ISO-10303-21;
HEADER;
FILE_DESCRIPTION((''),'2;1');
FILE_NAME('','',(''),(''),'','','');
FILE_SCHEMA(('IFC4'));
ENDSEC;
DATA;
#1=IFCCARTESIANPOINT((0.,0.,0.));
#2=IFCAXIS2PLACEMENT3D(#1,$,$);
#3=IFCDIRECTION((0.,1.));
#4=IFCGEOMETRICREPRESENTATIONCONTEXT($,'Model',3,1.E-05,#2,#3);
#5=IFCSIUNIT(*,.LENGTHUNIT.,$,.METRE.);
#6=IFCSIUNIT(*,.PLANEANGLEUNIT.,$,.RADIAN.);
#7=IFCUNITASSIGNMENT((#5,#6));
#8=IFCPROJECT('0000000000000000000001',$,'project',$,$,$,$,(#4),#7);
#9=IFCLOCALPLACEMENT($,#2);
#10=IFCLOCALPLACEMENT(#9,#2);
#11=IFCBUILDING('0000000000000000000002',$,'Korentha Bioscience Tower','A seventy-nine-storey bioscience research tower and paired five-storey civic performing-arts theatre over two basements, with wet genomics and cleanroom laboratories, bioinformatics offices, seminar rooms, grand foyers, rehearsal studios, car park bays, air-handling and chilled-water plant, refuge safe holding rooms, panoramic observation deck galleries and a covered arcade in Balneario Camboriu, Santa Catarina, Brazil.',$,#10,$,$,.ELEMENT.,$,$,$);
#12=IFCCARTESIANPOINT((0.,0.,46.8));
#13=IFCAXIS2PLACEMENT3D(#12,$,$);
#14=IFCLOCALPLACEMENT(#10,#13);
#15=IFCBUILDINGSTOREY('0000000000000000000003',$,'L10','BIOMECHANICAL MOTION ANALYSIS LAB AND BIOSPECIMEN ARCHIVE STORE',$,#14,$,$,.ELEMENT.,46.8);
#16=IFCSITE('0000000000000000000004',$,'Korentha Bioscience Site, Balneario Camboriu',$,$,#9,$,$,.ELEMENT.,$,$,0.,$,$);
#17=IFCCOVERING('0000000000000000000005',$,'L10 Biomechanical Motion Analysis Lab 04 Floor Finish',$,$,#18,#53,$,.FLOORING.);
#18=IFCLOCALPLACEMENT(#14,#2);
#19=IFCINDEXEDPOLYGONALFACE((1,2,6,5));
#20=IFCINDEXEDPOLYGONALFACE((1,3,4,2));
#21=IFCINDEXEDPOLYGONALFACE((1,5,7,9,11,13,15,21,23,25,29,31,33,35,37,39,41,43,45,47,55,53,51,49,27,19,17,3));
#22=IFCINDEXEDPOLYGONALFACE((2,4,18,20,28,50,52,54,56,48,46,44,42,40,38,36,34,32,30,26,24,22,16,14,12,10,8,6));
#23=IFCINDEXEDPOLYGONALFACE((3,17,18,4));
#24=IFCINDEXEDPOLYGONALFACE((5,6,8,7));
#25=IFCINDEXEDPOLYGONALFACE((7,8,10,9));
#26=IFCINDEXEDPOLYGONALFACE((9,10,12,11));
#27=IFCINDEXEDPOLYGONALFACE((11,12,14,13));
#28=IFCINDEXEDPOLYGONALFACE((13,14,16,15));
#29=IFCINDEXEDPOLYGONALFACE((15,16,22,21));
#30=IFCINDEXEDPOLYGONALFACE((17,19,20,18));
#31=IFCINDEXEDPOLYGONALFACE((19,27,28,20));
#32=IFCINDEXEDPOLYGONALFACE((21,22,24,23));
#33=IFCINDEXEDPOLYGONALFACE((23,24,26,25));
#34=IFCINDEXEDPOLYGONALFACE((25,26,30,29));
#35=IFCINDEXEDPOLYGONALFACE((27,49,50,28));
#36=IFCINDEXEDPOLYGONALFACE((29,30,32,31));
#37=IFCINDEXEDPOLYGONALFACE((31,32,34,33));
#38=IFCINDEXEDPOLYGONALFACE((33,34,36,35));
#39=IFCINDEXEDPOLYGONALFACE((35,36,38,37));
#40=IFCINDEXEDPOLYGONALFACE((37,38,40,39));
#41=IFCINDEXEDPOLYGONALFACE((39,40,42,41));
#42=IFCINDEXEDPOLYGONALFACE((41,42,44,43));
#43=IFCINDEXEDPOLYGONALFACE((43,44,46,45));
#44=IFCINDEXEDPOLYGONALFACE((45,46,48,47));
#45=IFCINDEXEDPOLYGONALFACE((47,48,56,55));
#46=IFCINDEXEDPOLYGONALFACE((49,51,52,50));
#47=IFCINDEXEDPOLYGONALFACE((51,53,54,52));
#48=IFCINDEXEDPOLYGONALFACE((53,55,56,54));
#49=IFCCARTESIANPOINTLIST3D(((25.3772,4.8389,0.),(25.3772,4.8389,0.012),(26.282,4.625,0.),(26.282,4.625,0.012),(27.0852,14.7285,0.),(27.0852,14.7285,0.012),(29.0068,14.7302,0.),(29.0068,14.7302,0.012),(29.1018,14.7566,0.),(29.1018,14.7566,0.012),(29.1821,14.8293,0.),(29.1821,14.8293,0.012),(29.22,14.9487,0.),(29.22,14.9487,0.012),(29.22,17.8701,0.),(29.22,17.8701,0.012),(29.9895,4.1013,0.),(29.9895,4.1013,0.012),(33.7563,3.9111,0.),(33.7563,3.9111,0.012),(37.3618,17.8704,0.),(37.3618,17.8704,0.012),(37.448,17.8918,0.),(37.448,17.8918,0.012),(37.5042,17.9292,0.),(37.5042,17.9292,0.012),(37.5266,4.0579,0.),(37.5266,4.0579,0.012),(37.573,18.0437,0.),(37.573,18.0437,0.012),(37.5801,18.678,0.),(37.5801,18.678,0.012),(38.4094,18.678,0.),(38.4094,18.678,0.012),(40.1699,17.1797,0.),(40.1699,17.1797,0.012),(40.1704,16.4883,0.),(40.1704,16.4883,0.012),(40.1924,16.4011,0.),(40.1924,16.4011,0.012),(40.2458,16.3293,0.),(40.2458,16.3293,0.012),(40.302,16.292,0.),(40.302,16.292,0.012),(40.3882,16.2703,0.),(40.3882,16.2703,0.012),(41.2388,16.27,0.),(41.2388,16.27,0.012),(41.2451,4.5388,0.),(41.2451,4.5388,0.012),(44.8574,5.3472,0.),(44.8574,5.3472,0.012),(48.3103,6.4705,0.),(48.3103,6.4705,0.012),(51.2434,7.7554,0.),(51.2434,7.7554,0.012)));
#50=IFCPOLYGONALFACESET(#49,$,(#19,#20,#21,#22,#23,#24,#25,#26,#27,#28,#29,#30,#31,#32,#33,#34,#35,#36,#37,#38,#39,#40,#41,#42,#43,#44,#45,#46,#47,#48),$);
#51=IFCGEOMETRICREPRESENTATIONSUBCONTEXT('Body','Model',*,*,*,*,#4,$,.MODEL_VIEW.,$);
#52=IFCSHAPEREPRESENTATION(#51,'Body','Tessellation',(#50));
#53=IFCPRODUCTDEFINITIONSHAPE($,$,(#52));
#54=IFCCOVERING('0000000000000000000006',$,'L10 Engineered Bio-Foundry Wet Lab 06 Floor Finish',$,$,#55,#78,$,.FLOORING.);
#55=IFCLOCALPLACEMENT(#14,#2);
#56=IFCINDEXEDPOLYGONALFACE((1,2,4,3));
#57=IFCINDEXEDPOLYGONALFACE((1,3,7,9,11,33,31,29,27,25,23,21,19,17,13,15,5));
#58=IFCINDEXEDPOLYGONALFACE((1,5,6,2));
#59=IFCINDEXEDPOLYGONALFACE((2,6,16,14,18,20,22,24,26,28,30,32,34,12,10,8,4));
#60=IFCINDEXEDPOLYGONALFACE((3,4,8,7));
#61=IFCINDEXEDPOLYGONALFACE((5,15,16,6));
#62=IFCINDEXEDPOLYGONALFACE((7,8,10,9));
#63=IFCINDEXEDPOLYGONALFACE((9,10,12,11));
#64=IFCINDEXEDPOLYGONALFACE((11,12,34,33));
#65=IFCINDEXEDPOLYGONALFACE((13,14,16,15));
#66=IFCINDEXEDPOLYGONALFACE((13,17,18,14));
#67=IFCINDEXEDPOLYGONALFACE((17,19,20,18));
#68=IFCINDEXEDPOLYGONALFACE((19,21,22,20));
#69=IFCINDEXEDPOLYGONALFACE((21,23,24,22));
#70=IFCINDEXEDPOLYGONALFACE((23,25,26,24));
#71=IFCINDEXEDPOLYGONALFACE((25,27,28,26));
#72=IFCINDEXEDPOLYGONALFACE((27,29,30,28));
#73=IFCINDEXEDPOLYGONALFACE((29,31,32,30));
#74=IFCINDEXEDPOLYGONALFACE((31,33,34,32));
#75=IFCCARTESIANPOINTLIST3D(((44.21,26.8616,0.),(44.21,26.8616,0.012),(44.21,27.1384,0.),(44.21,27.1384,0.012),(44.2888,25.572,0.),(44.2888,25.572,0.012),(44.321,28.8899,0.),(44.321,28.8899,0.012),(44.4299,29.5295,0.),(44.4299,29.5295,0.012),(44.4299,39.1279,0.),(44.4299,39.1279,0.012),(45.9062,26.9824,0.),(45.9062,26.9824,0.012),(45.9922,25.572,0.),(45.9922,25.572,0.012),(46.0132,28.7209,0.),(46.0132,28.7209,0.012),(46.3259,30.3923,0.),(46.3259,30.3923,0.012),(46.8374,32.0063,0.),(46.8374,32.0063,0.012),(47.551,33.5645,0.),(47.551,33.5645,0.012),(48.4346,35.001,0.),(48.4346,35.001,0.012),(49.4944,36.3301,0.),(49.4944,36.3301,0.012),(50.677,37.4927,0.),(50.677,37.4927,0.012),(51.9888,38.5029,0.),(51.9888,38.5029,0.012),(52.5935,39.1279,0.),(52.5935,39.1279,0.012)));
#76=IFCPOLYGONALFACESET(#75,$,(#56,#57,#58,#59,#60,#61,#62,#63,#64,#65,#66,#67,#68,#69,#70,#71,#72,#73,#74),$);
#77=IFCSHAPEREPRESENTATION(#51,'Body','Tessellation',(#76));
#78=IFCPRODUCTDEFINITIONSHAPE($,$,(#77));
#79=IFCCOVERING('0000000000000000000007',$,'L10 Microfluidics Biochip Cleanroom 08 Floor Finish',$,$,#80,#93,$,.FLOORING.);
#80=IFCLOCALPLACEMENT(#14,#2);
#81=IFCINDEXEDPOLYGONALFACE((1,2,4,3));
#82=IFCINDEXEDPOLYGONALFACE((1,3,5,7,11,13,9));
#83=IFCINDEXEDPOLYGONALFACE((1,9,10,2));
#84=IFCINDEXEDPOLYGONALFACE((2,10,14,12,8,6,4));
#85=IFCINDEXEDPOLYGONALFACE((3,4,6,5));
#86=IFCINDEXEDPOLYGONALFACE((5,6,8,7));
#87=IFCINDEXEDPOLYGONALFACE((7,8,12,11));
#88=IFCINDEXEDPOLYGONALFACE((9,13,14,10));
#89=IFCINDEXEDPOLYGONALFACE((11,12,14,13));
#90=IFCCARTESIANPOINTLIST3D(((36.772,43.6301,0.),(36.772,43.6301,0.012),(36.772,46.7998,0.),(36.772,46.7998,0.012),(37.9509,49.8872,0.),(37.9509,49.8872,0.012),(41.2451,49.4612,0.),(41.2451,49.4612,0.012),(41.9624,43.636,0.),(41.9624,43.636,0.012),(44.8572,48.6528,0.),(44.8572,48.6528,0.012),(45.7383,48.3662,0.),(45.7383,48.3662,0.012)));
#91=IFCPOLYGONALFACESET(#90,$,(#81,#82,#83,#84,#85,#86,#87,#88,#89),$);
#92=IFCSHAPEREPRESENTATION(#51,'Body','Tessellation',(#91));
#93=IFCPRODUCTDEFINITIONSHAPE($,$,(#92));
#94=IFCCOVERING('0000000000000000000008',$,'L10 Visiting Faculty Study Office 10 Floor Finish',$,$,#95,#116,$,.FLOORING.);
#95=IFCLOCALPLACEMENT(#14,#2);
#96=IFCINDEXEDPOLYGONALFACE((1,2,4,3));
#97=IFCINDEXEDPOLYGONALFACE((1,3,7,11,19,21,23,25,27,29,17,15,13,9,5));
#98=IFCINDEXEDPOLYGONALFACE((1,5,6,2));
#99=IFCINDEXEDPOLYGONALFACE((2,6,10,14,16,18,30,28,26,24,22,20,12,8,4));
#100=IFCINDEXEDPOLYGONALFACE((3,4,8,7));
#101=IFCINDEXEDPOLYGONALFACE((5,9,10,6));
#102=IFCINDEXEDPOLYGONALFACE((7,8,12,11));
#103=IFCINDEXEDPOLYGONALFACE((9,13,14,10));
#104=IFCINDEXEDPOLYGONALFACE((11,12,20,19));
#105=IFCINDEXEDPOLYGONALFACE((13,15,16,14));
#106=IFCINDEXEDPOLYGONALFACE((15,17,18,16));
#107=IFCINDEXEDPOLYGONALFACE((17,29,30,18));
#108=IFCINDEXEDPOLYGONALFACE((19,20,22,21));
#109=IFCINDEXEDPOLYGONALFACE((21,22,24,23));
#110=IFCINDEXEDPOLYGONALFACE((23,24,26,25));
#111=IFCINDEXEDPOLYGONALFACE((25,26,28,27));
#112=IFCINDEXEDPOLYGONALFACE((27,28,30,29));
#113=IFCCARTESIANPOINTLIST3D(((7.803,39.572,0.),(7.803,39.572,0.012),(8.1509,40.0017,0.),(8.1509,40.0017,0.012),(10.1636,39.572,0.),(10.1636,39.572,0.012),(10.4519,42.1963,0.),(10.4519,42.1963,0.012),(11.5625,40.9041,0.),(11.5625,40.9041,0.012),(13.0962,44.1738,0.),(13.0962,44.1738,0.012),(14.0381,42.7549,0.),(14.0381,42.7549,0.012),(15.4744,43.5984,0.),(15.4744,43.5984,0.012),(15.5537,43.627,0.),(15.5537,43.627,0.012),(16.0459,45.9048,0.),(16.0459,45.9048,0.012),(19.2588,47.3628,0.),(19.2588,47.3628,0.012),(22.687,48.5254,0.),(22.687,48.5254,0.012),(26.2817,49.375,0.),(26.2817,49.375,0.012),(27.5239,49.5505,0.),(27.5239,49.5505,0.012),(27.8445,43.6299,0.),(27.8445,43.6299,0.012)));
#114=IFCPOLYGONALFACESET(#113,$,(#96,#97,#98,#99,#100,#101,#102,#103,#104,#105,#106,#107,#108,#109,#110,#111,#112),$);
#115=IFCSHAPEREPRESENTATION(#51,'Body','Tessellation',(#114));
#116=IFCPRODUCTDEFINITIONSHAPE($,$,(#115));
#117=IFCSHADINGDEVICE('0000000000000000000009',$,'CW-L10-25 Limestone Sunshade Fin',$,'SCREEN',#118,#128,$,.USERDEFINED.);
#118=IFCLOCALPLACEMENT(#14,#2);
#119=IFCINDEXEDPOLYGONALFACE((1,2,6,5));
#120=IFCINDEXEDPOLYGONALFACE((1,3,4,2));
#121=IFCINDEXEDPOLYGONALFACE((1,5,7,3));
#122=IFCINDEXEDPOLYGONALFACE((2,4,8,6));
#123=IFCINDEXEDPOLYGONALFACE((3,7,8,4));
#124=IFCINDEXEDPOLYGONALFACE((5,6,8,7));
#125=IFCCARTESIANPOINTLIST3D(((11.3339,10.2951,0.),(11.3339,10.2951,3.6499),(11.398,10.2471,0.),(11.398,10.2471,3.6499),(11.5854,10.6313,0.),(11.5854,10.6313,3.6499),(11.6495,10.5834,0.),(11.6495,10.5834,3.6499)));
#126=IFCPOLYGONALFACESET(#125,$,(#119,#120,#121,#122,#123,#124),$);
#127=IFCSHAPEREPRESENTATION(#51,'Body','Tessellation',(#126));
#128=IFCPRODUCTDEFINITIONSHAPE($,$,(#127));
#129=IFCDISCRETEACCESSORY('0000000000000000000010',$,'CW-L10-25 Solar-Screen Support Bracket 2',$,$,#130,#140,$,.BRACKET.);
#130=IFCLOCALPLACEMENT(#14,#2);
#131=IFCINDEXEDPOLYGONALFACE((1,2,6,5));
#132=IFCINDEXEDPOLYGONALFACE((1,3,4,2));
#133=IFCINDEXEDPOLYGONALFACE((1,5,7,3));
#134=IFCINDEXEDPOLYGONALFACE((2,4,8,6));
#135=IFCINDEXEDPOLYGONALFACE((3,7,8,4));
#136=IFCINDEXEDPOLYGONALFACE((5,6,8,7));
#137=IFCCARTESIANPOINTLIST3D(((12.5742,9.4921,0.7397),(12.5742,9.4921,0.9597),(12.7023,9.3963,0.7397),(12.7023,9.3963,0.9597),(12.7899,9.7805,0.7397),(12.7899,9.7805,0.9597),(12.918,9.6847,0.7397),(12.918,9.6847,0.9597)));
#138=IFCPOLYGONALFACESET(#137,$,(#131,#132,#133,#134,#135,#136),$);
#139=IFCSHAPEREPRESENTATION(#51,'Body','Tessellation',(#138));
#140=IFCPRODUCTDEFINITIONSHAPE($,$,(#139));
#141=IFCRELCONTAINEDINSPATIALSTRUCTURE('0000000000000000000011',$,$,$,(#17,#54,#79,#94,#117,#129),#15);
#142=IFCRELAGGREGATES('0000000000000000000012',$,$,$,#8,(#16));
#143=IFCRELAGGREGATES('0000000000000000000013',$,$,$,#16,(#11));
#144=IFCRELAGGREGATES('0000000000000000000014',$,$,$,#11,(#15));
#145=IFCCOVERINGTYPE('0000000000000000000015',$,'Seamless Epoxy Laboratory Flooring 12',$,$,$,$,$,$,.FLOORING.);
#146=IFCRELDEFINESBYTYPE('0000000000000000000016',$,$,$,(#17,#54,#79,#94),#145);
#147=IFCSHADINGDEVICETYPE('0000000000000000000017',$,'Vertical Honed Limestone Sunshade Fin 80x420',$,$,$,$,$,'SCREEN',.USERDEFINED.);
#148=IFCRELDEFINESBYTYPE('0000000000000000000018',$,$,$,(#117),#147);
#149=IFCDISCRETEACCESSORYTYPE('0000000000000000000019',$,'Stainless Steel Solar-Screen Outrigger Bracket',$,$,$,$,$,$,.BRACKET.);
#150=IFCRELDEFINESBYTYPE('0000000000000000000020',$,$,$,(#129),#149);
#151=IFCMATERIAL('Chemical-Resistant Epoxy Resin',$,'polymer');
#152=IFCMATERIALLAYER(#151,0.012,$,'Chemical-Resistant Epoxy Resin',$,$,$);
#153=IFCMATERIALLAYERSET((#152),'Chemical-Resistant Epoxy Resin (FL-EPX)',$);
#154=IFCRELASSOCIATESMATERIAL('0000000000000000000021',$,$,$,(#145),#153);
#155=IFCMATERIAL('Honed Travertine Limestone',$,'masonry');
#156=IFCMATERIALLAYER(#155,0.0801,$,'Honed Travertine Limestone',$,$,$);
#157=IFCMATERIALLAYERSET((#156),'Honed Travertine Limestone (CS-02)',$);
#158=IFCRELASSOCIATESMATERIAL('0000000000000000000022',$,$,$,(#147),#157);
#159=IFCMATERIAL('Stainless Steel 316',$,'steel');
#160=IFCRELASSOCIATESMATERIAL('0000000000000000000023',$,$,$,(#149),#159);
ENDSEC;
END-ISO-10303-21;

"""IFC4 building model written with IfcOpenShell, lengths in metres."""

from ifc_helpers import new_model, si_unit, direction, frame, origin, origin_2d, place, context, subcontext, project, spatial, polyline, rectangle, outline, extrude, material, layer, layer_set, type_object, element, save


model = new_model("IFC4")

# Units and contexts
model_context = context("Model", 3, precision=1e-05, world=origin(), true_north=direction((0.0, 1.0)))
body_context = subcontext(model_context, "Body", "Model", "MODEL_VIEW")
ifc_project = project(units=[si_unit("LENGTHUNIT", "METRE"), si_unit("PLANEANGLEUNIT", "RADIAN")], contexts=[model_context])

# Site, building, storey
site_placement = place(None, origin())
site = spatial("IfcSite", under=ifc_project, at=site_placement, Name="Korentha Bioscience Site, Balneario Camboriu", CompositionType="ELEMENT", RefElevation=0.0)
building_placement = place(site_placement, origin())
building = spatial("IfcBuilding", under=site, at=building_placement, Name="Korentha Bioscience Tower", Description="A seventy-nine-storey bioscience research tower and paired five-storey civic performing-arts theatre over two basements, with wet genomics and cleanroom laboratories, bioinformatics offices, seminar rooms, grand foyers, rehearsal studios, car park bays, air-handling and chilled-water plant, refuge safe holding rooms, panoramic observation deck galleries and a covered arcade in Balneario Camboriu, Santa Catarina, Brazil.", CompositionType="ELEMENT")
storey_placement = place(building_placement, frame((0.0, 0.0, 46.8)))
storey = spatial("IfcBuildingStorey", under=building, at=storey_placement, Name="L10", Description="BIOMECHANICAL MOTION ANALYSIS LAB AND BIOSPECIMEN ARCHIVE STORE", CompositionType="ELEMENT", Elevation=46.8)

# Coverings
ifc_material_1 = material(Name="Chemical-Resistant Epoxy Resin", Category="polymer")
ifc_layer_1 = layer(ifc_material_1, 0.012, Name="Chemical-Resistant Epoxy Resin")
ifc_layer_set_1 = layer_set([ifc_layer_1], Name="Chemical-Resistant Epoxy Resin (FL-EPX)")
covering_type_1 = type_object("IfcCoveringType", Name="Seamless Epoxy Laboratory Flooring 12", PredefinedType="FLOORING", material=ifc_layer_set_1)
covering_1_placement = place(storey_placement, origin())
element("IfcCovering", 1, at=covering_1_placement, inside=storey, type_object=covering_type_1, Name="L10 Biomechanical Motion Analysis Lab 04 Floor Finish", PredefinedType="FLOORING", context=body_context, shape_type="SweptSolid", body=[
    extrude(outline(polyline([(27.0852, 14.7285), (29.0068, 14.7302), (29.1018, 14.7566), (29.1821, 14.8293), (29.22, 14.9487), (29.22, 17.8701), (37.3618, 17.8704), (37.448, 17.8918), (37.5042, 17.9292), (37.573, 18.0437), (37.5801, 18.678), (38.4094, 18.678), (40.1699, 17.1797), (40.1704, 16.4883), (40.1924, 16.4011), (40.2458, 16.3293), (40.302, 16.292), (40.3882, 16.2703), (41.2388, 16.27), (51.2434, 7.7554), (48.3103, 6.4705), (44.8574, 5.3472), (41.2451, 4.5388), (37.5266, 4.0579), (33.7563, 3.9111), (29.9895, 4.1013), (26.282, 4.625), (25.3772, 4.8389), (27.0852, 14.7285)])), origin(), (0.0, 0.0, 1.0), 0.012),
])
covering_2_placement = place(storey_placement, origin())
element("IfcCovering", 2, at=covering_2_placement, inside=storey, type_object=covering_type_1, Name="L10 Engineered Bio-Foundry Wet Lab 06 Floor Finish", PredefinedType="FLOORING", context=body_context, shape_type="SweptSolid", body=[
    extrude(outline(polyline([(46.0132, 28.7209), (45.9062, 26.9824), (45.9922, 25.572), (44.2888, 25.572), (44.21, 26.8616), (44.21, 27.1384), (44.321, 28.8899), (44.4299, 29.5295), (44.4299, 39.1279), (52.5935, 39.1279), (51.9888, 38.5029), (50.677, 37.4927), (49.4944, 36.3301), (48.4346, 35.001), (47.551, 33.5645), (46.8374, 32.0063), (46.3259, 30.3923), (46.0132, 28.7209)])), origin(), (0.0, 0.0, 1.0), 0.012),
])
covering_3_placement = place(storey_placement, origin())
element("IfcCovering", 3, at=covering_3_placement, inside=storey, type_object=covering_type_1, Name="L10 Microfluidics Biochip Cleanroom 08 Floor Finish", PredefinedType="FLOORING", context=body_context, shape_type="SweptSolid", body=[
    extrude(outline(polyline([(45.7383, 48.3662), (41.9624, 43.636), (36.772, 43.6301), (36.772, 46.7998), (37.9509, 49.8872), (41.2451, 49.4612), (44.8572, 48.6528), (45.7383, 48.3662)])), origin(), (0.0, 0.0, 1.0), 0.012),
])
covering_4_placement = place(storey_placement, origin())
element("IfcCovering", 4, at=covering_4_placement, inside=storey, type_object=covering_type_1, Name="L10 Visiting Faculty Study Office 10 Floor Finish", PredefinedType="FLOORING", context=body_context, shape_type="SweptSolid", body=[
    extrude(outline(polyline([(8.1509, 40.0017), (10.4519, 42.1963), (13.0962, 44.1738), (16.0459, 45.9048), (19.2588, 47.3628), (22.687, 48.5254), (26.2817, 49.375), (27.5239, 49.5505), (27.8445, 43.6299), (15.5537, 43.627), (15.4744, 43.5984), (14.0381, 42.7549), (11.5625, 40.9041), (10.1636, 39.572), (7.803, 39.572), (8.1509, 40.0017)])), origin(), (0.0, 0.0, 1.0), 0.012),
])

# Shading device
ifc_material_2 = material(Name="Honed Travertine Limestone", Category="masonry")
ifc_layer_2 = layer(ifc_material_2, 0.0801, Name="Honed Travertine Limestone")
ifc_layer_set_2 = layer_set([ifc_layer_2], Name="Honed Travertine Limestone (CS-02)")
shading_device_type_1 = type_object("IfcShadingDeviceType", Name="Vertical Honed Limestone Sunshade Fin 80x420", ElementType="SCREEN", PredefinedType="USERDEFINED", material=ifc_layer_set_2)
shading_device_1_placement = place(storey_placement, frame((11.4917, 10.4392, 0.0), z_axis=(0.0, 0.0, 1.0), x_axis=(0.800798, -0.598935, 0.0)))
element("IfcShadingDevice", 5, at=shading_device_1_placement, inside=storey, type_object=shading_device_type_1, Name="CW-L10-25 Limestone Sunshade Fin", ObjectType="SCREEN", PredefinedType="USERDEFINED", context=body_context, shape_type="SweptSolid", body=[
    extrude(rectangle(XDim=0.0801, YDim=0.4199, at=origin_2d()), origin(), (0.0, 0.0, 1.0), 3.6499),
])

# Discrete accessory
ifc_material_3 = material(Name="Stainless Steel 316", Category="steel")
discrete_accessory_type = type_object("IfcDiscreteAccessoryType", Name="Stainless Steel Solar-Screen Outrigger Bracket", PredefinedType="BRACKET", material=ifc_material_3)
discrete_accessory_placement = place(storey_placement, frame((12.7461, 9.5884, 0.7397), z_axis=(0.0, 0.0, 1.0), x_axis=(0.800798, -0.598935, 0.0)))
element("IfcDiscreteAccessory", 6, at=discrete_accessory_placement, inside=storey, type_object=discrete_accessory_type, Name="CW-L10-25 Solar-Screen Support Bracket 2", PredefinedType="BRACKET", context=body_context, shape_type="SweptSolid", body=[
    extrude(rectangle(XDim=0.1599, YDim=0.3601, at=origin_2d()), origin(), (0.0, 0.0, 1.0), 0.22),
])

save(model, "model.ifc")
